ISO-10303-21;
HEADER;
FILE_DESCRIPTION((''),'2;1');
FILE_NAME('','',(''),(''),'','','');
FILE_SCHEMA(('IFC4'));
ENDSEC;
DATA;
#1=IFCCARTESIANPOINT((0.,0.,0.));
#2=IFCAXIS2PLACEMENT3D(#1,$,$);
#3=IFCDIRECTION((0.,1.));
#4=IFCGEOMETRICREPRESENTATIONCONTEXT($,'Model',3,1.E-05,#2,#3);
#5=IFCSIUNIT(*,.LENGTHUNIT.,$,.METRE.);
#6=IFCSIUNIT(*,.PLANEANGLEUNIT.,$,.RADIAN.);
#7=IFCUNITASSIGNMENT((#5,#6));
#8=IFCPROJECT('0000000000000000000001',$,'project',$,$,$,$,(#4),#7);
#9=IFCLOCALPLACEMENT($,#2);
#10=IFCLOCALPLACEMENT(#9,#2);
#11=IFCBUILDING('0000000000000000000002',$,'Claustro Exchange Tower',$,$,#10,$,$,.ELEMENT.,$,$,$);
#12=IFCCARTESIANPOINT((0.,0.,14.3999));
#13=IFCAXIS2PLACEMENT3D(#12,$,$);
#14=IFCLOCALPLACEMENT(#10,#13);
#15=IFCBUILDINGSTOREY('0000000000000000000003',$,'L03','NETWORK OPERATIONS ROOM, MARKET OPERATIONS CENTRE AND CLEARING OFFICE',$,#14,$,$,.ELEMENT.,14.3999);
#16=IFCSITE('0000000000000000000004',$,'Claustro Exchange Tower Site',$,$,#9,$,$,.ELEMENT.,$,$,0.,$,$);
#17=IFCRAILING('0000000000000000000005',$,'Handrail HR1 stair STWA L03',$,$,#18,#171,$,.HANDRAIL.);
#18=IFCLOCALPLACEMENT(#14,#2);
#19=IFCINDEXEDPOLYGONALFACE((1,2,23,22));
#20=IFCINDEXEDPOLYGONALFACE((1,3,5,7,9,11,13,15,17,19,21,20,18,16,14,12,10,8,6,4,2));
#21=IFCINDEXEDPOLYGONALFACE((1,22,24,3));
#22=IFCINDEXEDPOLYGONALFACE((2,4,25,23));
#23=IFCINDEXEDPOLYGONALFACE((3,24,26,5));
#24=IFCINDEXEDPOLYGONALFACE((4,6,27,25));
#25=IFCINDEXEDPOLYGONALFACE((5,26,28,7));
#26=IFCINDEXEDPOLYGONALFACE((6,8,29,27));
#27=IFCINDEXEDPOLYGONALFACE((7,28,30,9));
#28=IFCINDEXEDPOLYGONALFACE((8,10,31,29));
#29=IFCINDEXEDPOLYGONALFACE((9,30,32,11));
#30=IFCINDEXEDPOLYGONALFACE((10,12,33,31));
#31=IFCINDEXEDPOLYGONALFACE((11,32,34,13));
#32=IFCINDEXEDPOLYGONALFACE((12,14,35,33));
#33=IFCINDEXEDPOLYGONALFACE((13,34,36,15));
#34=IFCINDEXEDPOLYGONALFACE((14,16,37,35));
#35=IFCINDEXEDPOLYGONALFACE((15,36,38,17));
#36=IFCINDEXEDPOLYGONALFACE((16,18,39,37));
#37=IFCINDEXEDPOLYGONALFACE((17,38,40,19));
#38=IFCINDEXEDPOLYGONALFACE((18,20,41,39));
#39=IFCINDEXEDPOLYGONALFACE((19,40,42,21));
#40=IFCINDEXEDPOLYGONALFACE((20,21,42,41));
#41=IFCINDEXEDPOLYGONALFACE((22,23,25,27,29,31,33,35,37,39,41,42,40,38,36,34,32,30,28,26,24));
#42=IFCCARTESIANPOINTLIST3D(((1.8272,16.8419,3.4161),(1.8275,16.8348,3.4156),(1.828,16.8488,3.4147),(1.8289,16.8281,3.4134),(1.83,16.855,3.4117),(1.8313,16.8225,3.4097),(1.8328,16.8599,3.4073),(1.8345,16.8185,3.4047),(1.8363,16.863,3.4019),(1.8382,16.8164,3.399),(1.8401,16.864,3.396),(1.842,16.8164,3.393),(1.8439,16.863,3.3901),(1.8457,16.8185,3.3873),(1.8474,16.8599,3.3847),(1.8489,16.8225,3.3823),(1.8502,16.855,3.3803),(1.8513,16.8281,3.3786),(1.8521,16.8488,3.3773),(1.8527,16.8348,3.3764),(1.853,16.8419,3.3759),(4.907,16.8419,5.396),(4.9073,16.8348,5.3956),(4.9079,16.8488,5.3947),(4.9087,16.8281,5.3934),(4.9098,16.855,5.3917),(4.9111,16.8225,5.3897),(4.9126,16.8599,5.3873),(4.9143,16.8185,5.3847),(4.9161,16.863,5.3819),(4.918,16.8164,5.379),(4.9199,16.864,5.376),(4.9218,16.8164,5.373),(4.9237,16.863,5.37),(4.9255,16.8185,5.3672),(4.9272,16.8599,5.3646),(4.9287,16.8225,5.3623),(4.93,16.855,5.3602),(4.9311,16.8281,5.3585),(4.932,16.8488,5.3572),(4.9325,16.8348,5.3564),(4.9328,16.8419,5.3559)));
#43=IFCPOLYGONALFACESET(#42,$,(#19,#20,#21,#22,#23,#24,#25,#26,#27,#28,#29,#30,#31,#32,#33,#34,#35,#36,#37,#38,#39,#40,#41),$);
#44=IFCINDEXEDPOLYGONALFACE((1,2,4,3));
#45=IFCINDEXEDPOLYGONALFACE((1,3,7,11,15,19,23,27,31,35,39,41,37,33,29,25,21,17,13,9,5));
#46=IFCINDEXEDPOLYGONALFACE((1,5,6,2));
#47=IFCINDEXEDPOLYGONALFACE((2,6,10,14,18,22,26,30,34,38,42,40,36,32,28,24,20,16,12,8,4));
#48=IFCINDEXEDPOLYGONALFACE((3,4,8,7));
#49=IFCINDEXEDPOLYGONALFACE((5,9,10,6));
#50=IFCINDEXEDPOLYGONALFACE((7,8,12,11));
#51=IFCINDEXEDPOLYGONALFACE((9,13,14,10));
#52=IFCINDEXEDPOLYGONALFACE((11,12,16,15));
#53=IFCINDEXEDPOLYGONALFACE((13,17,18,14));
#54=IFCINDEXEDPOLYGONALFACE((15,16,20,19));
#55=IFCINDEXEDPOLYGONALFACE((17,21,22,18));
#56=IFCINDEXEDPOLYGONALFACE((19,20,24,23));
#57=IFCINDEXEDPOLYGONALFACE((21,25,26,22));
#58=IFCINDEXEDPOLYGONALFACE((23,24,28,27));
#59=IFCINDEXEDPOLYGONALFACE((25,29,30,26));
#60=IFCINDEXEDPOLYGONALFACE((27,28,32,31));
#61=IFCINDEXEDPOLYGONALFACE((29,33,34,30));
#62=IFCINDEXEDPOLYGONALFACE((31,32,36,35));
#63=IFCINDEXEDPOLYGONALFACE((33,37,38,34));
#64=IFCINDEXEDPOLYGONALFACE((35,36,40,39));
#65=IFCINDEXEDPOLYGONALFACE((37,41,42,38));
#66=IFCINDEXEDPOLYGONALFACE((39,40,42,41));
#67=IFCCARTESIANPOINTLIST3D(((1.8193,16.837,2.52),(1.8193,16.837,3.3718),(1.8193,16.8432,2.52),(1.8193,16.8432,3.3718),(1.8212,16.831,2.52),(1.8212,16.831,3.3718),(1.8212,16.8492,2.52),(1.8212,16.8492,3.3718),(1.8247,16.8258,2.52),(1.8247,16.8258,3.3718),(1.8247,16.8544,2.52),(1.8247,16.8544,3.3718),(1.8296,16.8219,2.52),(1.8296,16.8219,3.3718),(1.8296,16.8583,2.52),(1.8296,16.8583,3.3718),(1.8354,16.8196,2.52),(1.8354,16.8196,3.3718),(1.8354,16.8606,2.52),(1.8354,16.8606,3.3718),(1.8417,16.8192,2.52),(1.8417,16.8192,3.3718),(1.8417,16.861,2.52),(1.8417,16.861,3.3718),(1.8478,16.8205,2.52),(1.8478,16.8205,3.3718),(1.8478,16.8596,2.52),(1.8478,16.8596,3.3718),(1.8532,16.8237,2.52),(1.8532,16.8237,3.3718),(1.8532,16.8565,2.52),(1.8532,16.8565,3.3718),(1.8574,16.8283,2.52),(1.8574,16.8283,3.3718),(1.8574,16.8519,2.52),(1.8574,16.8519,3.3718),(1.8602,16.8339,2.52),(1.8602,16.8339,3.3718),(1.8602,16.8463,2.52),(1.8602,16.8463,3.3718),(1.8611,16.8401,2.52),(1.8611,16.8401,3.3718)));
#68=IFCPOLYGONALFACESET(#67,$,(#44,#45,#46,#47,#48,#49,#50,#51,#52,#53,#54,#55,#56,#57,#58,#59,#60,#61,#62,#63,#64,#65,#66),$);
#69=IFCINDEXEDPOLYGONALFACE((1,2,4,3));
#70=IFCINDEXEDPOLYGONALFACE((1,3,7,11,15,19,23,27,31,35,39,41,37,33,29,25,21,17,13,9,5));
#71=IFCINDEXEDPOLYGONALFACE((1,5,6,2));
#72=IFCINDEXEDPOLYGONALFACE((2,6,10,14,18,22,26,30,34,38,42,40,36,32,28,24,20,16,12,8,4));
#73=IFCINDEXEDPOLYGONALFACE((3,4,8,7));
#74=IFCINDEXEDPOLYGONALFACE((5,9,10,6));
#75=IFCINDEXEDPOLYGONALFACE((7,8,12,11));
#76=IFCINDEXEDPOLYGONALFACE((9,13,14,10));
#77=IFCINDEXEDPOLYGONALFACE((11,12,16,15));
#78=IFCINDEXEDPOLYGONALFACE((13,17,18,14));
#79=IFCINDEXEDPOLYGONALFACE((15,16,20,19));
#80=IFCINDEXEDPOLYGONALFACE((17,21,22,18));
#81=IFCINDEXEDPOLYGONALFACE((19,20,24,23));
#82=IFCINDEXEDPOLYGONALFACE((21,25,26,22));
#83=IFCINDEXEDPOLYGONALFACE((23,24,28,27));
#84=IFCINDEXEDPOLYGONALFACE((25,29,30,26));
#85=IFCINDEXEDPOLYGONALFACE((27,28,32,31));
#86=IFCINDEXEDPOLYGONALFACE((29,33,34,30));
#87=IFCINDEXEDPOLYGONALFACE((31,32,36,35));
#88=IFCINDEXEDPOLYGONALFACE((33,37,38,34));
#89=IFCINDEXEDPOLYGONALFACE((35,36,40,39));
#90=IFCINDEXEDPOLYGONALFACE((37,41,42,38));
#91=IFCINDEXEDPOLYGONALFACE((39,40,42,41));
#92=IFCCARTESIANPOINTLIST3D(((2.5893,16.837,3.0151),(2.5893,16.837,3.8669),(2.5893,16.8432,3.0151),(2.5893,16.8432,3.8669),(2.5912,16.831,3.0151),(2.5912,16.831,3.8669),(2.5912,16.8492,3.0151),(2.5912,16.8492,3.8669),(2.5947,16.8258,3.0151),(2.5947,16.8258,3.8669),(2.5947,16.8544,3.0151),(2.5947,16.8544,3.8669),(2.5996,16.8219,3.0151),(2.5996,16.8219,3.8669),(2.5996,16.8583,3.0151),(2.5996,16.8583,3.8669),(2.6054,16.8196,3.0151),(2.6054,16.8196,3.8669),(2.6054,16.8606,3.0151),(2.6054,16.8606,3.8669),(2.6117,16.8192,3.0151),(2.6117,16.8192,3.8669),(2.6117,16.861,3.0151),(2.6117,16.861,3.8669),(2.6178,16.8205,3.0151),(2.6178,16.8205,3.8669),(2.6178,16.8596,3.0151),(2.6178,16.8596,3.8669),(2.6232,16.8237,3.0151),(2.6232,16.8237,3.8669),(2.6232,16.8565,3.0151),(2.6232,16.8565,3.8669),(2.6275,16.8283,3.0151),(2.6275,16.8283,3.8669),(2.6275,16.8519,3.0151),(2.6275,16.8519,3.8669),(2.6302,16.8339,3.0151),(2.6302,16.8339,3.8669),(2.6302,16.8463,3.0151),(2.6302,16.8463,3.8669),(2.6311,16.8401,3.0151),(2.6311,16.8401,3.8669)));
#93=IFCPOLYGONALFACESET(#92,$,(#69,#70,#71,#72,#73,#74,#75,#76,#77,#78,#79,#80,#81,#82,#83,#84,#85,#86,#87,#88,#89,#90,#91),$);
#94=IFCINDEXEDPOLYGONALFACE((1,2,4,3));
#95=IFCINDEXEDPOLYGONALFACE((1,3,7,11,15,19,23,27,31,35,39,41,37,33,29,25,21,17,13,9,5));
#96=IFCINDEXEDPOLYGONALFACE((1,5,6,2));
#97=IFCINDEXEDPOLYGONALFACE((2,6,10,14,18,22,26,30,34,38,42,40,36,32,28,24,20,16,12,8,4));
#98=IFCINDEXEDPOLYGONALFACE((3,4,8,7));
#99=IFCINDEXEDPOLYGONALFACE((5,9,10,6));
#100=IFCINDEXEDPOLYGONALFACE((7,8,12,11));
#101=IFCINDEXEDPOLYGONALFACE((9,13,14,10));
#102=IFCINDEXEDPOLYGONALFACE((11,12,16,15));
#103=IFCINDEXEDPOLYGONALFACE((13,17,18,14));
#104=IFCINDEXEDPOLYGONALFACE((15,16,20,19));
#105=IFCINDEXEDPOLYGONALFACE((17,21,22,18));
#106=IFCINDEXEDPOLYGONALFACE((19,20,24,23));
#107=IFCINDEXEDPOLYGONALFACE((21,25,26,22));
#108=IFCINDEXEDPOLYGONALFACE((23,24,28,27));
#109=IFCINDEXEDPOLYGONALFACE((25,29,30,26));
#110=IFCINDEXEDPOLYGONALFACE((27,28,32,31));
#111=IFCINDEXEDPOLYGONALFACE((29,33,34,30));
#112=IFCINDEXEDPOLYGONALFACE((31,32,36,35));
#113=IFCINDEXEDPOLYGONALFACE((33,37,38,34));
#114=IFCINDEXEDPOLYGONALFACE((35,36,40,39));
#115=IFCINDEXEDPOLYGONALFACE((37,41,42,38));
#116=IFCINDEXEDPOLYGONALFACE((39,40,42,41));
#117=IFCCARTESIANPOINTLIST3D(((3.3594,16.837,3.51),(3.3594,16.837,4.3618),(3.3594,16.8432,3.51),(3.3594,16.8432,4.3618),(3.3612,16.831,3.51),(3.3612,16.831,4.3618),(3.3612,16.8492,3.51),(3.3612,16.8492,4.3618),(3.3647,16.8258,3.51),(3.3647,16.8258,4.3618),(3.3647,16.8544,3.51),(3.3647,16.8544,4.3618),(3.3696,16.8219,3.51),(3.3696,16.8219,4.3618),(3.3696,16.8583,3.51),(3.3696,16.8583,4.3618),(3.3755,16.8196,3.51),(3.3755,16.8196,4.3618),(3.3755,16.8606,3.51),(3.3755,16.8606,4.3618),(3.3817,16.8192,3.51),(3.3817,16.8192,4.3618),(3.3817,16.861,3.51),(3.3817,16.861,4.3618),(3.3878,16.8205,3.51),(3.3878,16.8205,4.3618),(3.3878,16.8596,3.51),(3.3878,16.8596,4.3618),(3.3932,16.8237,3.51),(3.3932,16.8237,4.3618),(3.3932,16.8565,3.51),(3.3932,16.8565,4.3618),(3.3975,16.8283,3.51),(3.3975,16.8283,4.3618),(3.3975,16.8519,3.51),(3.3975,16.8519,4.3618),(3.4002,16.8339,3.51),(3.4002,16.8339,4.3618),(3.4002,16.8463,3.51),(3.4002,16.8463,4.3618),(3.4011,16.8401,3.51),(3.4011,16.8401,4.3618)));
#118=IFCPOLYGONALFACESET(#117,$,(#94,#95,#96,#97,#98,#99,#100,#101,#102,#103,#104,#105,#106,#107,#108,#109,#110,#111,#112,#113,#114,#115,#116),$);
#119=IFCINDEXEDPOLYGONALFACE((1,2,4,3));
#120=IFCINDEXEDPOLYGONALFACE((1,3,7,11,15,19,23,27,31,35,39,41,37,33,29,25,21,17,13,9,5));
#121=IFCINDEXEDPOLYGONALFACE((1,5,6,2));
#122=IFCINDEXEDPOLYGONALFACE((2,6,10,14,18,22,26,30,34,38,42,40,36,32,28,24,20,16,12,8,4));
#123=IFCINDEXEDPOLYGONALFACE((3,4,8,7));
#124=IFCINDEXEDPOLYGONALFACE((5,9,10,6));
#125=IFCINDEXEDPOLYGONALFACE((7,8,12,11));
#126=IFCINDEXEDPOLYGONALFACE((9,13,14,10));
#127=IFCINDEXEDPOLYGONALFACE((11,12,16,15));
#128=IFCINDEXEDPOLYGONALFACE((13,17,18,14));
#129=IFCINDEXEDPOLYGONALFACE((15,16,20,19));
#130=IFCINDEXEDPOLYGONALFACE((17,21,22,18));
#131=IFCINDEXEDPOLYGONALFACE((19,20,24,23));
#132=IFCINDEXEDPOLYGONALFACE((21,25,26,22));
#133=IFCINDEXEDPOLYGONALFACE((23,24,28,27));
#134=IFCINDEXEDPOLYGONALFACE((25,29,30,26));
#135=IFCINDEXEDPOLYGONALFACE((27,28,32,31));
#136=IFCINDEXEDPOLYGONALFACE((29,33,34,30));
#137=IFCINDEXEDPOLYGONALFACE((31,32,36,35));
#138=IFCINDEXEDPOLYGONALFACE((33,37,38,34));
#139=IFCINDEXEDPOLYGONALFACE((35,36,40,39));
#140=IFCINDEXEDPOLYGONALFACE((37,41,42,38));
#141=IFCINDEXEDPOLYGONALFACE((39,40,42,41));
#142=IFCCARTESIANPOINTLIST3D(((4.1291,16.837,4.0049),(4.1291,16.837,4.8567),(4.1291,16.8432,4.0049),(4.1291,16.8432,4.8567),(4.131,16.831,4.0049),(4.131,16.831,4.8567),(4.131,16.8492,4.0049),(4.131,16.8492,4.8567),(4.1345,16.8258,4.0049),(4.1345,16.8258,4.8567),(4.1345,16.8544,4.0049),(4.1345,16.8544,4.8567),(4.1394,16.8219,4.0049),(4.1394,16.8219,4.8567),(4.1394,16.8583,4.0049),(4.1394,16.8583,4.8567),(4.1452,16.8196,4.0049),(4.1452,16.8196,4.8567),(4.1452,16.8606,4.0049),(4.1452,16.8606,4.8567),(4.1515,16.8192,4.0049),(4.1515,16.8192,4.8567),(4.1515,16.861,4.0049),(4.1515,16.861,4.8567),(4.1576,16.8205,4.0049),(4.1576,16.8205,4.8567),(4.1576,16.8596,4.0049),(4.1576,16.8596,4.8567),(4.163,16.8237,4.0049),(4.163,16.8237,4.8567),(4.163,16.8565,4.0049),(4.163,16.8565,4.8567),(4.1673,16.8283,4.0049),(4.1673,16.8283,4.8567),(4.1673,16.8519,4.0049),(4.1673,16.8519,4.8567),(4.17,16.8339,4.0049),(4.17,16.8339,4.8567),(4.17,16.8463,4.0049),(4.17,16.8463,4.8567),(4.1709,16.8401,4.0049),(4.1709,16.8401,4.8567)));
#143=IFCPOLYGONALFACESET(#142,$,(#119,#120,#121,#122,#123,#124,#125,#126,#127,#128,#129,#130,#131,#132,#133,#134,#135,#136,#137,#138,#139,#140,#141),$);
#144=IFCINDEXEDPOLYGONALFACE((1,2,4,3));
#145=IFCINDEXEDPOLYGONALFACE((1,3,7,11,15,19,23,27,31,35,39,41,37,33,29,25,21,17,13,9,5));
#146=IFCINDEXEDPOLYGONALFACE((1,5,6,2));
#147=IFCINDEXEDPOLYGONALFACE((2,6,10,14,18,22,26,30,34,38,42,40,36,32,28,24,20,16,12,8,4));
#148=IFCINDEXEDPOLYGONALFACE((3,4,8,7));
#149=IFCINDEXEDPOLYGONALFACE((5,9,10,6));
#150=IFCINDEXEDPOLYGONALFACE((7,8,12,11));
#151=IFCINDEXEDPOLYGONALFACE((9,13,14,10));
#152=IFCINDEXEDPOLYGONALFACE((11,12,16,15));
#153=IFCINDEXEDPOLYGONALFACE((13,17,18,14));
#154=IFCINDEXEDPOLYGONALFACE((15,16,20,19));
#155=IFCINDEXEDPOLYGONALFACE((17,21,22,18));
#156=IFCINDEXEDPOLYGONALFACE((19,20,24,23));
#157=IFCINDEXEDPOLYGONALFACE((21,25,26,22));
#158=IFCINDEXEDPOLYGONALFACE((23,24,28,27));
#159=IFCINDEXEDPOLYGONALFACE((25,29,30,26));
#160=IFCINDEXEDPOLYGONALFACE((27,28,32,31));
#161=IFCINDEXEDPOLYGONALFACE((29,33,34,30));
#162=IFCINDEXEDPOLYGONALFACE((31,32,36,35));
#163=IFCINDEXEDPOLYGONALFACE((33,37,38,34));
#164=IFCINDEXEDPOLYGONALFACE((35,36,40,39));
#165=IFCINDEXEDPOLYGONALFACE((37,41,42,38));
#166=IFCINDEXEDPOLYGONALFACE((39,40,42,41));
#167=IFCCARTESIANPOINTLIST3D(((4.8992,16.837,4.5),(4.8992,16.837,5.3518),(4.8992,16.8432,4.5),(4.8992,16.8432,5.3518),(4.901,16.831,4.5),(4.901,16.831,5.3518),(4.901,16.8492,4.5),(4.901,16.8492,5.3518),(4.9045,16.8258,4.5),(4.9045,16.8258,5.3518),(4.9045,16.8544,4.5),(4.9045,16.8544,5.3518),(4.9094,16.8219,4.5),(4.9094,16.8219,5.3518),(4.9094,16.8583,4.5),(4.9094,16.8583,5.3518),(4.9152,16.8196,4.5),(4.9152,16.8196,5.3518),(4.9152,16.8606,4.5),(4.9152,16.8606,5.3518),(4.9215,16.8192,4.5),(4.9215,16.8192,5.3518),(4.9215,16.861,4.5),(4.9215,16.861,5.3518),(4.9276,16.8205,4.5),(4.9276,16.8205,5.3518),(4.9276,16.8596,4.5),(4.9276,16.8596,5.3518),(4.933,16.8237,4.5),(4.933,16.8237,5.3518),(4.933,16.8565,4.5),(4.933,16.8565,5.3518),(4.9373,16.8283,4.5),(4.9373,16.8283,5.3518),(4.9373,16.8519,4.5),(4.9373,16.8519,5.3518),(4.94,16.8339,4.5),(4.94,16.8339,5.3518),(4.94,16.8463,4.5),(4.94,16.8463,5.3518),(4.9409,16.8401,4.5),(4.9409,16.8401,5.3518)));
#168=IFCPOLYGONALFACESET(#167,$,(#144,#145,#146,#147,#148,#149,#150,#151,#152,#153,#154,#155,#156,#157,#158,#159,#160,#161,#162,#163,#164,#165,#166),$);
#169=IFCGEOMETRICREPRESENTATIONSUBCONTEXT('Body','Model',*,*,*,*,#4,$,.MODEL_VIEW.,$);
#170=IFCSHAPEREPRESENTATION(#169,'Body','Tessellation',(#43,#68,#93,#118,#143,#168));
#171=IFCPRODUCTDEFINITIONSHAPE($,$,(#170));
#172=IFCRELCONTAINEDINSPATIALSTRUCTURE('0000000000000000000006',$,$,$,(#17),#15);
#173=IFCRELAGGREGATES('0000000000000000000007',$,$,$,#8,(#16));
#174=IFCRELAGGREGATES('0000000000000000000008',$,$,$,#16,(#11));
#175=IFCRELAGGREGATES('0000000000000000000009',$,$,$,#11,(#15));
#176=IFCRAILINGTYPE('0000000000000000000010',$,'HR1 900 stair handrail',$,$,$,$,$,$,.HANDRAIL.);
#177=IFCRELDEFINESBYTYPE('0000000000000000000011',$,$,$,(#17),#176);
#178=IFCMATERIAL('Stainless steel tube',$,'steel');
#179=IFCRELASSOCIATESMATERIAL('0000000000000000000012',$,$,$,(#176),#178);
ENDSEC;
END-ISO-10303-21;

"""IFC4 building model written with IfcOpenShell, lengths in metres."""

from ifc_helpers import new_model, si_unit, direction, frame, origin, origin_2d, place, context, subcontext, project, spatial, circle, extrude, material, type_object, element, save


model = new_model("IFC4")

# Units and contexts
model_context = context("Model", 3, precision=1e-05, world=origin(), true_north=direction((0.0, 1.0)))
body_context = subcontext(model_context, "Body", "Model", "MODEL_VIEW")
ifc_project = project(units=[si_unit("LENGTHUNIT", "METRE"), si_unit("PLANEANGLEUNIT", "RADIAN")], contexts=[model_context])

# Site, building, storey
site_placement = place(None, origin())
site = spatial("IfcSite", under=ifc_project, at=site_placement, Name="Claustro Exchange Tower Site", CompositionType="ELEMENT", RefElevation=0.0)
building_placement = place(site_placement, origin())
building = spatial("IfcBuilding", under=site, at=building_placement, Name="Claustro Exchange Tower", CompositionType="ELEMENT")
storey_placement = place(building_placement, frame((0.0, 0.0, 14.3999)))
storey = spatial("IfcBuildingStorey", under=building, at=storey_placement, Name="L03", Description="NETWORK OPERATIONS ROOM, MARKET OPERATIONS CENTRE AND CLEARING OFFICE", CompositionType="ELEMENT", Elevation=14.3999)

# Railing
ifc_material_1 = material(Name="Stainless steel tube", Category="steel")
railing_type_1 = type_object("IfcRailingType", Name="HR1 900 stair handrail", PredefinedType="HANDRAIL", material=ifc_material_1)
railing_1_placement = place(storey_placement, frame((1.8401, 16.8401, 2.52)))
element("IfcRailing", 1, at=railing_1_placement, inside=storey, type_object=railing_type_1, Name="Handrail HR1 stair STWA L03", PredefinedType="HANDRAIL", context=body_context, shape_type="SweptSolid", body=[
    extrude(circle(Radius=0.0239, at=origin_2d()), frame((0.0, 0.0, 0.876), z_axis=(0.841168, 0.0, 0.540774), x_axis=(0.0, 1.0, 0.0)), (0.0, 0.0, 1.0), 3.6614),
    extrude(circle(Radius=0.021, at=origin_2d()), origin(), (0.0, 0.0, 1.0), 0.8518),
    extrude(circle(Radius=0.021, at=origin_2d()), frame((0.77, 0.0, 0.4951)), (0.0, 0.0, 1.0), 0.8518),
    extrude(circle(Radius=0.021, at=origin_2d()), frame((1.54, 0.0, 0.99)), (0.0, 0.0, 1.0), 0.8518),
    extrude(circle(Radius=0.021, at=origin_2d()), frame((2.3098, 0.0, 1.4849)), (0.0, 0.0, 1.0), 0.8518),
    extrude(circle(Radius=0.021, at=origin_2d()), frame((3.0798, 0.0, 1.98)), (0.0, 0.0, 1.0), 0.8518),
])

save(model, "model.ifc")
